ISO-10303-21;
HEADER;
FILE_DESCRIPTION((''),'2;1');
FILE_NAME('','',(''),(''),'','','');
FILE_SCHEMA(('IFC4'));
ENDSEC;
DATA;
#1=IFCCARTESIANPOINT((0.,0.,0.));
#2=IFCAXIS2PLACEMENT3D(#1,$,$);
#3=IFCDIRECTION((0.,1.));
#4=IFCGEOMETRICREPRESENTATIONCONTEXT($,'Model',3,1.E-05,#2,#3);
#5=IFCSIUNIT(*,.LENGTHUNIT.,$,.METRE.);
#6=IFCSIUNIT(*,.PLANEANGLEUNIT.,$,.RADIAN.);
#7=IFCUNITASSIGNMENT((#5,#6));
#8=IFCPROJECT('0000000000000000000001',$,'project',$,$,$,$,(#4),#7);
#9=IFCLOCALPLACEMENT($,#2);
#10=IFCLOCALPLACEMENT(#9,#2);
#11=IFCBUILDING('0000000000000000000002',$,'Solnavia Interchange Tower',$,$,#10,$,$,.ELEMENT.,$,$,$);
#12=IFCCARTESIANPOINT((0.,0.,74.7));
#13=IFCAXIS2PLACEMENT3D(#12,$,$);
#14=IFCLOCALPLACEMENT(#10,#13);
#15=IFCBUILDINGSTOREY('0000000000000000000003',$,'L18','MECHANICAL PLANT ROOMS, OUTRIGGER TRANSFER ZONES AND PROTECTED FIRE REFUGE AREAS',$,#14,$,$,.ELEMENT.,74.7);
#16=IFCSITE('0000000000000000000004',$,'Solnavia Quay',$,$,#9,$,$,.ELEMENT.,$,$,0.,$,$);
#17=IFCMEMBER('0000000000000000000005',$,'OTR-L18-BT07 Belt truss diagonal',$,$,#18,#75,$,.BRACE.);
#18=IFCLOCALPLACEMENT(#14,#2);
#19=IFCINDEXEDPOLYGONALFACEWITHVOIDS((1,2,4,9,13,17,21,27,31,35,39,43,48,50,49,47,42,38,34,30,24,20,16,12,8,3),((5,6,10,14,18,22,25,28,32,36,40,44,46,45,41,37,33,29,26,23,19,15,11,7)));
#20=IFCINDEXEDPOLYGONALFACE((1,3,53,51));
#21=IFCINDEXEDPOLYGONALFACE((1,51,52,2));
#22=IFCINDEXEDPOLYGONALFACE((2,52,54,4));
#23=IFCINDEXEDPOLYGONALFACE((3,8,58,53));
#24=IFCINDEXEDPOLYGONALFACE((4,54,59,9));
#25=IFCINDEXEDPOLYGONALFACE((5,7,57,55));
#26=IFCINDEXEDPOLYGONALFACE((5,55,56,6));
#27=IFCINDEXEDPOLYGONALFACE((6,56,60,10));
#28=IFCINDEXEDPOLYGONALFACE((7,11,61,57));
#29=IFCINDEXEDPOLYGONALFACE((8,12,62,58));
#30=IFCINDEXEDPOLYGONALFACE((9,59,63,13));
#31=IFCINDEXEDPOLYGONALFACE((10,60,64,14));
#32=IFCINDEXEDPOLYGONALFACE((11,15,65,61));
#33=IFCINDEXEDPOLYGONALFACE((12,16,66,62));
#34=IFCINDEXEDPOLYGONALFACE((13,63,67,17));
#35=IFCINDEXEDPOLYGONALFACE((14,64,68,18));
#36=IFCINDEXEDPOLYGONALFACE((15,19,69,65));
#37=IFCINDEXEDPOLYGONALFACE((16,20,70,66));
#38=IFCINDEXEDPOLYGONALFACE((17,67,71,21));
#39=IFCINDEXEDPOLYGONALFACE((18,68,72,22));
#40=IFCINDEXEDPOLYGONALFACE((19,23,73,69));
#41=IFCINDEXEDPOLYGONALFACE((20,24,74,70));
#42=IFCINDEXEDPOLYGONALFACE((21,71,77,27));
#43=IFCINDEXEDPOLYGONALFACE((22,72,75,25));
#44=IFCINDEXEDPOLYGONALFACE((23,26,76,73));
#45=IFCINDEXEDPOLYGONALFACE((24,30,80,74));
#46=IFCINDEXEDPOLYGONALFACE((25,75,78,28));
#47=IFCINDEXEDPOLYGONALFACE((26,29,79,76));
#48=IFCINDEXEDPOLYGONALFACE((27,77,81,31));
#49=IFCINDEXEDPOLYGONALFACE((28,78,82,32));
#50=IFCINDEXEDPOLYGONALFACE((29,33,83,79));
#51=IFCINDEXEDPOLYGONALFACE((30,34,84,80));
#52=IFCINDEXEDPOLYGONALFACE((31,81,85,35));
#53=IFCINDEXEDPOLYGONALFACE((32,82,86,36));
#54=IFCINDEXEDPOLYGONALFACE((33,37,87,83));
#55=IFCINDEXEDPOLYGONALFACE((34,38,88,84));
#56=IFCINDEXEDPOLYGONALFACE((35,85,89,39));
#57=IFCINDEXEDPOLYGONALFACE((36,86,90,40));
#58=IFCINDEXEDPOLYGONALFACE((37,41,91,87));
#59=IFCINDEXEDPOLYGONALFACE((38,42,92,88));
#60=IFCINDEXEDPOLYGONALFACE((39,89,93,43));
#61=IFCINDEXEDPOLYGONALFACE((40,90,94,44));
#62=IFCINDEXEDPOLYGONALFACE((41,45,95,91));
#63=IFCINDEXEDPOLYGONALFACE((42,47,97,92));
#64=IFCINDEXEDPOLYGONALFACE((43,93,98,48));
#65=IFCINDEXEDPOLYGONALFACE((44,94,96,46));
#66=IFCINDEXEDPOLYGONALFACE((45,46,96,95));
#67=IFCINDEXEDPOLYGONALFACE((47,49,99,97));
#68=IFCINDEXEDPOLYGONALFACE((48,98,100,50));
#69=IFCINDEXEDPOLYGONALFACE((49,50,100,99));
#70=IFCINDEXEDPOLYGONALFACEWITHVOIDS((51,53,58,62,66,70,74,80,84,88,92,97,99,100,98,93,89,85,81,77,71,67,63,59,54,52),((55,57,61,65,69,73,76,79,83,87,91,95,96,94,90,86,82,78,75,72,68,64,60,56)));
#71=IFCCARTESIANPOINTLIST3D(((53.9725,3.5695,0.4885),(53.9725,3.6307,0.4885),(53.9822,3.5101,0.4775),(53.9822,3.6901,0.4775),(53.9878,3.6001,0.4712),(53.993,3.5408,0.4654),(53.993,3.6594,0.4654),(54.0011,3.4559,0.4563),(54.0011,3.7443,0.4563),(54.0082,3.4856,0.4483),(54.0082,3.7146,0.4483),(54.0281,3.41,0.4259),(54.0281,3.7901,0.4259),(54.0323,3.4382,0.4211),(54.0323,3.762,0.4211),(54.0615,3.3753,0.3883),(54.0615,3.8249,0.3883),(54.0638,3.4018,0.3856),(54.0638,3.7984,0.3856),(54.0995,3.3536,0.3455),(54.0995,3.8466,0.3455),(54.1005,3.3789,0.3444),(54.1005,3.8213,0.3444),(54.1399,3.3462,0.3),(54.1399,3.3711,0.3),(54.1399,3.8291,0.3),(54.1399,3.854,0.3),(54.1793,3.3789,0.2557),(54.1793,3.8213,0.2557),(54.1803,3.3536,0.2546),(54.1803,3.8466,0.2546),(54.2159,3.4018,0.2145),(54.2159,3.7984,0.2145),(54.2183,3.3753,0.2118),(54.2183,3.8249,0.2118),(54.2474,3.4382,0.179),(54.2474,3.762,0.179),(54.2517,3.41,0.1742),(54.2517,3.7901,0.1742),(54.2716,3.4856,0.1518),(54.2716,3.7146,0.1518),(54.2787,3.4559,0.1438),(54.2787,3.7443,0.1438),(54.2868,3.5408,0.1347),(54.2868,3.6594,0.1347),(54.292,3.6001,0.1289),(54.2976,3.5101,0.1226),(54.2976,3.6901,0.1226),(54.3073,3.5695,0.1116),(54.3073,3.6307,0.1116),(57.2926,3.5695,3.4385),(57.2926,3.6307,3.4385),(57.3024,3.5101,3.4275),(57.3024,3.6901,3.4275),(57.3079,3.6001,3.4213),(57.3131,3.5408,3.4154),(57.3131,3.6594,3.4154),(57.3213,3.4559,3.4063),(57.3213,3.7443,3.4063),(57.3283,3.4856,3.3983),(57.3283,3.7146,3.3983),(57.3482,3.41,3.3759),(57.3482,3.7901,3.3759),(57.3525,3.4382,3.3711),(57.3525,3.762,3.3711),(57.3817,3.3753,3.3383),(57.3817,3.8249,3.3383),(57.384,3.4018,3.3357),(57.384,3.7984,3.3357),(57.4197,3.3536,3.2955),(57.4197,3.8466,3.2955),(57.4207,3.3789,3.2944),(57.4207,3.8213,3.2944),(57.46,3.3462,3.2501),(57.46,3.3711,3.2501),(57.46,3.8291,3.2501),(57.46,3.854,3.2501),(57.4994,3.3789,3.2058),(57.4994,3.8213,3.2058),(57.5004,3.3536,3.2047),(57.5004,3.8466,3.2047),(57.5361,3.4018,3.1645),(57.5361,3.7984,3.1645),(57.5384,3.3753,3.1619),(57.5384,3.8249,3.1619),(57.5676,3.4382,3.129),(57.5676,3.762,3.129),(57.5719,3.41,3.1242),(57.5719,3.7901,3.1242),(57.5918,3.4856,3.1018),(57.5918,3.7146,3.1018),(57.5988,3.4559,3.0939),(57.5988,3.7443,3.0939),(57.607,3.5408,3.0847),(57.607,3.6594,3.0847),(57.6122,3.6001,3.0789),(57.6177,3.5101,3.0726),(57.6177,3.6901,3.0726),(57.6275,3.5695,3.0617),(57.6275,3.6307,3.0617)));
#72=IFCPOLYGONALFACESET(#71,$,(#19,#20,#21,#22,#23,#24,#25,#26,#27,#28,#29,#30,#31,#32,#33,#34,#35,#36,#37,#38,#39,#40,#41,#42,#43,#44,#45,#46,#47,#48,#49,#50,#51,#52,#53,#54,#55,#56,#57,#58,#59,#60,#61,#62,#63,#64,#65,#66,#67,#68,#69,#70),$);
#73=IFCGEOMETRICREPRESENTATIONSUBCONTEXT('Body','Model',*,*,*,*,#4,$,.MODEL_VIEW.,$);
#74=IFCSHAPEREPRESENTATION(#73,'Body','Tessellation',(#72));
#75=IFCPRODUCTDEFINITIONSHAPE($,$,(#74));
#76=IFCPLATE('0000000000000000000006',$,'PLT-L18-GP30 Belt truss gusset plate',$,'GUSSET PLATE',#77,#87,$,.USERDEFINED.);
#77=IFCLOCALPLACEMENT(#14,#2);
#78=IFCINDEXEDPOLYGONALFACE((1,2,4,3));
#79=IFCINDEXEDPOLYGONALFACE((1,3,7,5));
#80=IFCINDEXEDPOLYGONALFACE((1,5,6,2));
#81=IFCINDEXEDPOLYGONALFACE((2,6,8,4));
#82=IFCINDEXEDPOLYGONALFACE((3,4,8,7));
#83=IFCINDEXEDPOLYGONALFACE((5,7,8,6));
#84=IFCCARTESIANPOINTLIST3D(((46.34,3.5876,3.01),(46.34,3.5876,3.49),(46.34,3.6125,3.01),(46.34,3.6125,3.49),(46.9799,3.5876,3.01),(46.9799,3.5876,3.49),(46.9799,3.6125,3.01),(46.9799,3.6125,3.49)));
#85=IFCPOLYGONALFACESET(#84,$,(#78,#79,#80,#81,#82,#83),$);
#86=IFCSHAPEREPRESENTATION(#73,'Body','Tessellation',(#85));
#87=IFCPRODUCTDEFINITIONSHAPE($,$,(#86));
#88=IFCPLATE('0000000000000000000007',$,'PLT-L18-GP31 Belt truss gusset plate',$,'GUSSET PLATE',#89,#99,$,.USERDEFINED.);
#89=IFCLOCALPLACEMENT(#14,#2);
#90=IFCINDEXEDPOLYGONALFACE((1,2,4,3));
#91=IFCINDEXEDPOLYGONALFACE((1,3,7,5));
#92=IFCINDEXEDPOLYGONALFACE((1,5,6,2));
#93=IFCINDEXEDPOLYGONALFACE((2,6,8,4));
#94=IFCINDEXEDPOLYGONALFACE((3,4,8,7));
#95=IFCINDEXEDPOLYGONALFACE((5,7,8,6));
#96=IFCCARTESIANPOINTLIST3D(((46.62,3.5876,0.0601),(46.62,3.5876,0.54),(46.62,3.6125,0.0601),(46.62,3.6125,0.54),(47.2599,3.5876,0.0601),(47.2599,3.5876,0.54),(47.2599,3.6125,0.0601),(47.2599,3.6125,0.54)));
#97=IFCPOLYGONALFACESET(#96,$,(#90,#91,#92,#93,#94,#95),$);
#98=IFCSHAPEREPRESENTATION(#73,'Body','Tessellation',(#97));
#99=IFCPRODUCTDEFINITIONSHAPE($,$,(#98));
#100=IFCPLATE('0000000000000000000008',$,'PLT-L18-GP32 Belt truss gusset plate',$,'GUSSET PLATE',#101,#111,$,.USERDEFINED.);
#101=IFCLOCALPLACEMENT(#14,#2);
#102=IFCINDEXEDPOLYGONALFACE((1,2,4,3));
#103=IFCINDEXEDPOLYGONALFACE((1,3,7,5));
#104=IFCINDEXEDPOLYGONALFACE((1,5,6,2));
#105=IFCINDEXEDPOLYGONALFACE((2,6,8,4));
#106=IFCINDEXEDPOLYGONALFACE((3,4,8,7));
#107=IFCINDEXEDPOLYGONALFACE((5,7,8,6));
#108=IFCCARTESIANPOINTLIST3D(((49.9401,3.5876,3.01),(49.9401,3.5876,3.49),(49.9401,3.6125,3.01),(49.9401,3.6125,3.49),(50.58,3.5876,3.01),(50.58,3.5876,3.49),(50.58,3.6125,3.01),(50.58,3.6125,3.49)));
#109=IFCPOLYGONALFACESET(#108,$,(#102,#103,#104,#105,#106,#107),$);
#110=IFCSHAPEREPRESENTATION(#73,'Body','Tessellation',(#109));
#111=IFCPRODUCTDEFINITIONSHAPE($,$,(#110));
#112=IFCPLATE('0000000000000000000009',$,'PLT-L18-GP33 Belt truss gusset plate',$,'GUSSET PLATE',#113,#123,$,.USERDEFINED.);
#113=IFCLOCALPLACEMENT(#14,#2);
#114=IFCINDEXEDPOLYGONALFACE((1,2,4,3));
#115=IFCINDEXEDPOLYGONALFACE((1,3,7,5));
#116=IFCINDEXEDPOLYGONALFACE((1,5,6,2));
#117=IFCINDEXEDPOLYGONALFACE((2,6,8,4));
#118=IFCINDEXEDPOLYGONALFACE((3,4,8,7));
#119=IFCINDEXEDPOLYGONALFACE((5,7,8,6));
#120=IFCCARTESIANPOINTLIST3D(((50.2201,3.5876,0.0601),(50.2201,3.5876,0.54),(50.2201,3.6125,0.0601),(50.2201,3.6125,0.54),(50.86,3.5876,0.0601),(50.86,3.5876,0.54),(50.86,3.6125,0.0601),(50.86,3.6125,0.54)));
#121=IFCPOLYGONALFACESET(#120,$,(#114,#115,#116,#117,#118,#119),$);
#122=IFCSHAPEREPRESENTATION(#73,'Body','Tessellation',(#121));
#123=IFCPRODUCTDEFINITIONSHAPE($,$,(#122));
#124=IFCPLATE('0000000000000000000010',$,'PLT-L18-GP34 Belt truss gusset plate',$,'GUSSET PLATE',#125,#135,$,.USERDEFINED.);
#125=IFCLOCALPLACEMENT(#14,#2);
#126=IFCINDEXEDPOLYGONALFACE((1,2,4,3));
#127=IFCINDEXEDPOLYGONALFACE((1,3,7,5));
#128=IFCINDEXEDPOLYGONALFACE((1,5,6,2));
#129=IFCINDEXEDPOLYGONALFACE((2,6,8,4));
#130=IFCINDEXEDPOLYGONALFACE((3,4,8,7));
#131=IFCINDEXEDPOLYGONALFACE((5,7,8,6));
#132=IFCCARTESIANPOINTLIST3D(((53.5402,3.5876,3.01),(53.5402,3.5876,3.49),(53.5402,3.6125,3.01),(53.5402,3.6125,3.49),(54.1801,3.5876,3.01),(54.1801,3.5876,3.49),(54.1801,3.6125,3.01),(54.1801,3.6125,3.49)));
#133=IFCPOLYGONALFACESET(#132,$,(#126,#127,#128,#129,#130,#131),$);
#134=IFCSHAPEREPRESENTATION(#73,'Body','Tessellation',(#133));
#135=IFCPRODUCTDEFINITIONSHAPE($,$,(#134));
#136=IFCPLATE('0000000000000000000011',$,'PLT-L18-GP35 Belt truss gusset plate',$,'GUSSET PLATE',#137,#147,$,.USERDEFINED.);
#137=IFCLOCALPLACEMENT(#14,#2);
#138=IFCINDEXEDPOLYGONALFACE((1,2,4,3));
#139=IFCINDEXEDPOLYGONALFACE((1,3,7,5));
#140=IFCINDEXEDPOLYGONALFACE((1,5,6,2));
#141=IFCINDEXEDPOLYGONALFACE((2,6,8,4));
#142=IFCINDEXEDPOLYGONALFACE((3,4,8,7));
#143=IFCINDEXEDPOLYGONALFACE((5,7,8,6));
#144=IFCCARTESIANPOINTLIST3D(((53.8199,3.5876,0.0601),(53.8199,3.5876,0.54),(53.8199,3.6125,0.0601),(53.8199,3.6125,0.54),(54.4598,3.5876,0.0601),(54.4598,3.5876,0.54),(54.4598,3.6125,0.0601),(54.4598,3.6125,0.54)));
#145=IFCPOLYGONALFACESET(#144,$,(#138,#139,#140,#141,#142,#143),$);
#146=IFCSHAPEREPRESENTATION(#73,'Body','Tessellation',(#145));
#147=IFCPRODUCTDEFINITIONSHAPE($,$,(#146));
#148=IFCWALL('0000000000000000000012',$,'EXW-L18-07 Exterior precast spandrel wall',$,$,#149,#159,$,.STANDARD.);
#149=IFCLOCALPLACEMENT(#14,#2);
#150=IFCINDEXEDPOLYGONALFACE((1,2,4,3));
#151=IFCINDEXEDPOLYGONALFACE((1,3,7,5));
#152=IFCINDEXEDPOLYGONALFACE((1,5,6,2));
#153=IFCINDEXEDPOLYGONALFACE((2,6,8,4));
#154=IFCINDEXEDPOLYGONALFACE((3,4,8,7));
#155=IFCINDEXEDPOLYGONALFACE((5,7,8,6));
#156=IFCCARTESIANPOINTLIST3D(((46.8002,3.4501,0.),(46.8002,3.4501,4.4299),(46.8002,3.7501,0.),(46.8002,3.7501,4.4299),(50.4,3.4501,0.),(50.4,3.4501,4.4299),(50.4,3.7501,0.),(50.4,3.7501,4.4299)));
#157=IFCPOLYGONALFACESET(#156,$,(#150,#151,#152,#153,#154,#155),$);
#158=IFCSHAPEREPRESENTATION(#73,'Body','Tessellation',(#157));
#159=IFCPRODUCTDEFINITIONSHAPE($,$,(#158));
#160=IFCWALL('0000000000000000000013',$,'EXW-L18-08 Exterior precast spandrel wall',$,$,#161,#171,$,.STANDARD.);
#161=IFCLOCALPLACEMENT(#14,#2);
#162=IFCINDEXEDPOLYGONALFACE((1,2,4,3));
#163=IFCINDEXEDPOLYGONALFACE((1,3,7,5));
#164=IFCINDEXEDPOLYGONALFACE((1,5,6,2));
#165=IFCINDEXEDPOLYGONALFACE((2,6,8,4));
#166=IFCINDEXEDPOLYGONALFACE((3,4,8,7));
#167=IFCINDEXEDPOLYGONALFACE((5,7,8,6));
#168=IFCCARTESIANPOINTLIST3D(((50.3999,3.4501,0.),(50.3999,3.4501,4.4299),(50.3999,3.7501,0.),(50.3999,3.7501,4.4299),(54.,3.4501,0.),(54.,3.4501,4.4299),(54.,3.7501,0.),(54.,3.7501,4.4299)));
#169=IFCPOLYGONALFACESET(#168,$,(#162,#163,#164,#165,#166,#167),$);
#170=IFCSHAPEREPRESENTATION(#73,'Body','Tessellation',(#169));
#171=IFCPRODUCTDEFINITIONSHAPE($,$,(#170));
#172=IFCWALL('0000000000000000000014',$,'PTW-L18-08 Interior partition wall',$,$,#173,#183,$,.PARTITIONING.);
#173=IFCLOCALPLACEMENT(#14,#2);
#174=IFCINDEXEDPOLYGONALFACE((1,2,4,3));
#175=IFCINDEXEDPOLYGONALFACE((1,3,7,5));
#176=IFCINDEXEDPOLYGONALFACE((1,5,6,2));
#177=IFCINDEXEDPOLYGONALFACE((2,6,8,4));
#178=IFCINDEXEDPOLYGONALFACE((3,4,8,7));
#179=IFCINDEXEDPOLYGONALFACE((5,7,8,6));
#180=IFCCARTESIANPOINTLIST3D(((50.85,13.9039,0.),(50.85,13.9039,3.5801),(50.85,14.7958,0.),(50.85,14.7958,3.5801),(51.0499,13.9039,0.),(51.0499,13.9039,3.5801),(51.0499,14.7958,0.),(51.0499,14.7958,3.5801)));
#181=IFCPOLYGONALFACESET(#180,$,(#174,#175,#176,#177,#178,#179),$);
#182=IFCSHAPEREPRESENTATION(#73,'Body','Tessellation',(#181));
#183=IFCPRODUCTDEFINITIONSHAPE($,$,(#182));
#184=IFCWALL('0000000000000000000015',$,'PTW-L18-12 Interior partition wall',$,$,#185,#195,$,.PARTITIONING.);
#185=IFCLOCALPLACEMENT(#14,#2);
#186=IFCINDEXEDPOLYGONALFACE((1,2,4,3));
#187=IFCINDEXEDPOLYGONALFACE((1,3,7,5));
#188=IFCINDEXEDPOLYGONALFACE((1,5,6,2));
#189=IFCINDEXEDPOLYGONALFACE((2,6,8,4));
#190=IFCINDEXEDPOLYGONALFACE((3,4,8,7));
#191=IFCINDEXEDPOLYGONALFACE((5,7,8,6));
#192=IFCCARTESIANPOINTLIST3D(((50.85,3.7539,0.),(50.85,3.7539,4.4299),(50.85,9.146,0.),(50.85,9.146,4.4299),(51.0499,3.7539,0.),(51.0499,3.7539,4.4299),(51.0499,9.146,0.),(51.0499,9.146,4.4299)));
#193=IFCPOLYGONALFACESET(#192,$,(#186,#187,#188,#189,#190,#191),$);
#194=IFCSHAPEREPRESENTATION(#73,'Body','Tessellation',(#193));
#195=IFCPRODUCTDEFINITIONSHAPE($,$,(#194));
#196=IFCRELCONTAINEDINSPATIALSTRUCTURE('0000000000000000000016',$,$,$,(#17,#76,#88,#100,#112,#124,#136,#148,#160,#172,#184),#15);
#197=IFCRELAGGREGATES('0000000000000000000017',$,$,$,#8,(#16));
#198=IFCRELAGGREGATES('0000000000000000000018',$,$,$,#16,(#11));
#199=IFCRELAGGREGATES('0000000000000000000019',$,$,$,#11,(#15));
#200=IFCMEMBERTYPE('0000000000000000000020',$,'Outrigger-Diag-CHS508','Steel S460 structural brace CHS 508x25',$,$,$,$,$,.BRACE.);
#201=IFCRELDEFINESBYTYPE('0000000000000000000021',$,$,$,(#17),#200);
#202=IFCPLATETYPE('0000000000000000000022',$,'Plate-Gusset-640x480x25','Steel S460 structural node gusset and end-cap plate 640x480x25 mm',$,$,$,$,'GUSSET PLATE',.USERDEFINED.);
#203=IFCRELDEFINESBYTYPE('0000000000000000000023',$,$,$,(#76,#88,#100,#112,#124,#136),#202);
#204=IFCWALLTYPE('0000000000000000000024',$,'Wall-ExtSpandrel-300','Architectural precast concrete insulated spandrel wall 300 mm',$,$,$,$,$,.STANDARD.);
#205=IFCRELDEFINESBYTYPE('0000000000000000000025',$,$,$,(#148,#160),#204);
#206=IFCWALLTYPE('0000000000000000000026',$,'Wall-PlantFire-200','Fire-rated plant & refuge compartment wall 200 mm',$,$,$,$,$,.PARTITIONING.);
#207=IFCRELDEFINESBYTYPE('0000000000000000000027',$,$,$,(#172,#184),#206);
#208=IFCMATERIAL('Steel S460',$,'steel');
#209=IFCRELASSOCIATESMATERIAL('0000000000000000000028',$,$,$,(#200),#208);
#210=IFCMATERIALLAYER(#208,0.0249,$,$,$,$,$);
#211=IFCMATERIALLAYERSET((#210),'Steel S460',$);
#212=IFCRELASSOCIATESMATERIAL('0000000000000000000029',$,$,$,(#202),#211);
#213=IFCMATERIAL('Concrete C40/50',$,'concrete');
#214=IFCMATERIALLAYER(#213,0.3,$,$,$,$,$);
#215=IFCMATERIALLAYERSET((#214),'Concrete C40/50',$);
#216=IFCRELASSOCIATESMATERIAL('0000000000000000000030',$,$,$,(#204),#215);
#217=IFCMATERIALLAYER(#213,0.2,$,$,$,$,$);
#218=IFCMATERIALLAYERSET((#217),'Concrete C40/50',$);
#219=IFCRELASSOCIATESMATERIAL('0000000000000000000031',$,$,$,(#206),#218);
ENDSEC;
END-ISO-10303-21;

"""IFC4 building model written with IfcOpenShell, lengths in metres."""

from ifc_helpers import new_model, si_unit, direction, frame, frame_2d, origin, origin_2d, place, context, subcontext, project, spatial, rectangle, hollow_circle, extrude, material, layer, layer_set, material_profile, profile_set, type_object, element, save


model = new_model("IFC4")

# Units and contexts
model_context = context("Model", 3, precision=1e-05, world=origin(), true_north=direction((0.0, 1.0)))
body_context = subcontext(model_context, "Body", "Model", "MODEL_VIEW")
ifc_project = project(units=[si_unit("LENGTHUNIT", "METRE"), si_unit("PLANEANGLEUNIT", "RADIAN")], contexts=[model_context])

# Site, building, storey
site_placement = place(None, origin())
site = spatial("IfcSite", under=ifc_project, at=site_placement, Name="Solnavia Quay", CompositionType="ELEMENT", RefElevation=0.0)
building_placement = place(site_placement, origin())
building = spatial("IfcBuilding", under=site, at=building_placement, Name="Solnavia Interchange Tower", CompositionType="ELEMENT")
storey_placement = place(building_placement, frame((0.0, 0.0, 74.7)))
storey = spatial("IfcBuildingStorey", under=building, at=storey_placement, Name="L18", Description="MECHANICAL PLANT ROOMS, OUTRIGGER TRANSFER ZONES AND PROTECTED FIRE REFUGE AREAS", CompositionType="ELEMENT", Elevation=74.7)

# Member
ifc_material_1 = material(Name="Steel S460", Category="steel")
ifc_material_profile_1 = material_profile(ifc_material_1, hollow_circle(Radius=0.2539, WallThickness=0.0249, at=origin_2d()), Name="CHS 508x25")
ifc_profile_set_1 = profile_set([ifc_material_profile_1], Name="Steel S460")
member_type_1 = type_object("IfcMemberType", Name="Outrigger-Diag-CHS508", Description="Steel S460 structural brace CHS 508x25", PredefinedType="BRACE", material=ifc_profile_set_1)
for number, where, z_axis, x_axis, name in (
    (1, (54.1399, 3.6001, 0.3), (0.747546, 0.0, 0.66421), (0.0, 1.0, 0.0), "OTR-L18-BT07 Belt truss diagonal"),
):
    element("IfcMember", number, at=place(storey_placement, frame(where, z_axis=z_axis, x_axis=x_axis)), inside=storey, type_object=member_type_1, Name=name, PredefinedType="BRACE", context=body_context, shape_type="SweptSolid", body=[
        extrude(hollow_circle(Radius=0.2539, WallThickness=0.0249, at=origin_2d()), origin(), (0.0, 0.0, 1.0), 4.4414),
    ])

# Plates
ifc_layer_1 = layer(ifc_material_1, 0.0249)
ifc_layer_set_1 = layer_set([ifc_layer_1], Name="Steel S460")
plate_type = type_object("IfcPlateType", Name="Plate-Gusset-640x480x25", Description="Steel S460 structural node gusset and end-cap plate 640x480x25 mm", ElementType="GUSSET PLATE", PredefinedType="USERDEFINED", material=ifc_layer_set_1)
for number, where, z_axis, x_axis, name in (
    (2, (46.6599, 3.6001, 3.01), (0.0, 0.0, 1.0), (1.0, 0.0, 0.0), "PLT-L18-GP30 Belt truss gusset plate"),
    (3, (46.9399, 3.6001, 0.0601), (0.0, 0.0, 1.0), (1.0, 0.0, 0.0), "PLT-L18-GP31 Belt truss gusset plate"),
    (4, (50.26, 3.6001, 3.01), (0.0, 0.0, 1.0), (1.0, 0.0, 0.0), "PLT-L18-GP32 Belt truss gusset plate"),
    (5, (50.54, 3.6001, 0.0601), (0.0, 0.0, 1.0), (1.0, 0.0, 0.0), "PLT-L18-GP33 Belt truss gusset plate"),
    (6, (53.8601, 3.6001, 3.01), (0.0, 0.0, 1.0), (1.0, 0.0, 0.0), "PLT-L18-GP34 Belt truss gusset plate"),
    (7, (54.1399, 3.6001, 0.0601), (0.0, 0.0, 1.0), (1.0, 0.0, 0.0), "PLT-L18-GP35 Belt truss gusset plate"),
):
    element("IfcPlate", number, at=place(storey_placement, frame(where, z_axis=z_axis, x_axis=x_axis)), inside=storey, type_object=plate_type, Name=name, ObjectType="GUSSET PLATE", PredefinedType="USERDEFINED", context=body_context, shape_type="SweptSolid", body=[
        extrude(rectangle(XDim=0.6399, YDim=0.0249, at=origin_2d()), origin(), (0.0, 0.0, 1.0), 0.48),
    ])

# Walls
ifc_material_2 = material(Name="Concrete C40/50", Category="concrete")
ifc_layer_2 = layer(ifc_material_2, 0.3)
ifc_layer_set_2 = layer_set([ifc_layer_2], Name="Concrete C40/50")
wall_type_1 = type_object("IfcWallType", Name="Wall-ExtSpandrel-300", Description="Architectural precast concrete insulated spandrel wall 300 mm", PredefinedType="STANDARD", material=ifc_layer_set_2)
wall_1_placement = place(storey_placement, frame((50.3999, 3.6001, 0.0), z_axis=(0.0, 0.0, 1.0), x_axis=(-1.0, 0.0, 0.0)))
element("IfcWall", 8, at=wall_1_placement, inside=storey, type_object=wall_type_1, Name="EXW-L18-07 Exterior precast spandrel wall", PredefinedType="STANDARD", context=body_context, shape_type="SweptSolid", body=[
    extrude(rectangle(XDim=3.5999, YDim=0.3, at=frame_2d((1.7998, 0.0))), origin(), (0.0, 0.0, 1.0), 4.4299),
])
wall_2_placement = place(storey_placement, frame((54.0, 3.6001, 0.0), z_axis=(0.0, 0.0, 1.0), x_axis=(-1.0, 0.0, 0.0)))
element("IfcWall", 9, at=wall_2_placement, inside=storey, type_object=wall_type_1, Name="EXW-L18-08 Exterior precast spandrel wall", PredefinedType="STANDARD", context=body_context, shape_type="SweptSolid", body=[
    extrude(rectangle(XDim=3.6001, YDim=0.3, at=frame_2d((1.8, 0.0))), origin(), (0.0, 0.0, 1.0), 4.4299),
])
ifc_layer_3 = layer(ifc_material_2, 0.2)
ifc_layer_set_3 = layer_set([ifc_layer_3], Name="Concrete C40/50")
wall_type_2 = type_object("IfcWallType", Name="Wall-PlantFire-200", Description="Fire-rated plant & refuge compartment wall 200 mm", PredefinedType="PARTITIONING", material=ifc_layer_set_3)
wall_3_placement = place(storey_placement, frame((50.95, 13.9041, 0.0), z_axis=(0.0, 0.0, 1.0), x_axis=(0.0, 1.0, 0.0)))
element("IfcWall", 10, at=wall_3_placement, inside=storey, type_object=wall_type_2, Name="PTW-L18-08 Interior partition wall", PredefinedType="PARTITIONING", context=body_context, shape_type="SweptSolid", body=[
    extrude(rectangle(XDim=0.8918, YDim=0.2, at=frame_2d((0.4458, 0.0))), origin(), (0.0, 0.0, 1.0), 3.5801),
])
wall_4_placement = place(storey_placement, frame((50.95, 3.7539, 0.0), z_axis=(0.0, 0.0, 1.0), x_axis=(0.0, 1.0, 0.0)))
element("IfcWall", 11, at=wall_4_placement, inside=storey, type_object=wall_type_2, Name="PTW-L18-12 Interior partition wall", PredefinedType="PARTITIONING", context=body_context, shape_type="SweptSolid", body=[
    extrude(rectangle(XDim=5.3921, YDim=0.2, at=frame_2d((2.696, 0.0))), origin(), (0.0, 0.0, 1.0), 4.4299),
])

save(model, "model.ifc")
